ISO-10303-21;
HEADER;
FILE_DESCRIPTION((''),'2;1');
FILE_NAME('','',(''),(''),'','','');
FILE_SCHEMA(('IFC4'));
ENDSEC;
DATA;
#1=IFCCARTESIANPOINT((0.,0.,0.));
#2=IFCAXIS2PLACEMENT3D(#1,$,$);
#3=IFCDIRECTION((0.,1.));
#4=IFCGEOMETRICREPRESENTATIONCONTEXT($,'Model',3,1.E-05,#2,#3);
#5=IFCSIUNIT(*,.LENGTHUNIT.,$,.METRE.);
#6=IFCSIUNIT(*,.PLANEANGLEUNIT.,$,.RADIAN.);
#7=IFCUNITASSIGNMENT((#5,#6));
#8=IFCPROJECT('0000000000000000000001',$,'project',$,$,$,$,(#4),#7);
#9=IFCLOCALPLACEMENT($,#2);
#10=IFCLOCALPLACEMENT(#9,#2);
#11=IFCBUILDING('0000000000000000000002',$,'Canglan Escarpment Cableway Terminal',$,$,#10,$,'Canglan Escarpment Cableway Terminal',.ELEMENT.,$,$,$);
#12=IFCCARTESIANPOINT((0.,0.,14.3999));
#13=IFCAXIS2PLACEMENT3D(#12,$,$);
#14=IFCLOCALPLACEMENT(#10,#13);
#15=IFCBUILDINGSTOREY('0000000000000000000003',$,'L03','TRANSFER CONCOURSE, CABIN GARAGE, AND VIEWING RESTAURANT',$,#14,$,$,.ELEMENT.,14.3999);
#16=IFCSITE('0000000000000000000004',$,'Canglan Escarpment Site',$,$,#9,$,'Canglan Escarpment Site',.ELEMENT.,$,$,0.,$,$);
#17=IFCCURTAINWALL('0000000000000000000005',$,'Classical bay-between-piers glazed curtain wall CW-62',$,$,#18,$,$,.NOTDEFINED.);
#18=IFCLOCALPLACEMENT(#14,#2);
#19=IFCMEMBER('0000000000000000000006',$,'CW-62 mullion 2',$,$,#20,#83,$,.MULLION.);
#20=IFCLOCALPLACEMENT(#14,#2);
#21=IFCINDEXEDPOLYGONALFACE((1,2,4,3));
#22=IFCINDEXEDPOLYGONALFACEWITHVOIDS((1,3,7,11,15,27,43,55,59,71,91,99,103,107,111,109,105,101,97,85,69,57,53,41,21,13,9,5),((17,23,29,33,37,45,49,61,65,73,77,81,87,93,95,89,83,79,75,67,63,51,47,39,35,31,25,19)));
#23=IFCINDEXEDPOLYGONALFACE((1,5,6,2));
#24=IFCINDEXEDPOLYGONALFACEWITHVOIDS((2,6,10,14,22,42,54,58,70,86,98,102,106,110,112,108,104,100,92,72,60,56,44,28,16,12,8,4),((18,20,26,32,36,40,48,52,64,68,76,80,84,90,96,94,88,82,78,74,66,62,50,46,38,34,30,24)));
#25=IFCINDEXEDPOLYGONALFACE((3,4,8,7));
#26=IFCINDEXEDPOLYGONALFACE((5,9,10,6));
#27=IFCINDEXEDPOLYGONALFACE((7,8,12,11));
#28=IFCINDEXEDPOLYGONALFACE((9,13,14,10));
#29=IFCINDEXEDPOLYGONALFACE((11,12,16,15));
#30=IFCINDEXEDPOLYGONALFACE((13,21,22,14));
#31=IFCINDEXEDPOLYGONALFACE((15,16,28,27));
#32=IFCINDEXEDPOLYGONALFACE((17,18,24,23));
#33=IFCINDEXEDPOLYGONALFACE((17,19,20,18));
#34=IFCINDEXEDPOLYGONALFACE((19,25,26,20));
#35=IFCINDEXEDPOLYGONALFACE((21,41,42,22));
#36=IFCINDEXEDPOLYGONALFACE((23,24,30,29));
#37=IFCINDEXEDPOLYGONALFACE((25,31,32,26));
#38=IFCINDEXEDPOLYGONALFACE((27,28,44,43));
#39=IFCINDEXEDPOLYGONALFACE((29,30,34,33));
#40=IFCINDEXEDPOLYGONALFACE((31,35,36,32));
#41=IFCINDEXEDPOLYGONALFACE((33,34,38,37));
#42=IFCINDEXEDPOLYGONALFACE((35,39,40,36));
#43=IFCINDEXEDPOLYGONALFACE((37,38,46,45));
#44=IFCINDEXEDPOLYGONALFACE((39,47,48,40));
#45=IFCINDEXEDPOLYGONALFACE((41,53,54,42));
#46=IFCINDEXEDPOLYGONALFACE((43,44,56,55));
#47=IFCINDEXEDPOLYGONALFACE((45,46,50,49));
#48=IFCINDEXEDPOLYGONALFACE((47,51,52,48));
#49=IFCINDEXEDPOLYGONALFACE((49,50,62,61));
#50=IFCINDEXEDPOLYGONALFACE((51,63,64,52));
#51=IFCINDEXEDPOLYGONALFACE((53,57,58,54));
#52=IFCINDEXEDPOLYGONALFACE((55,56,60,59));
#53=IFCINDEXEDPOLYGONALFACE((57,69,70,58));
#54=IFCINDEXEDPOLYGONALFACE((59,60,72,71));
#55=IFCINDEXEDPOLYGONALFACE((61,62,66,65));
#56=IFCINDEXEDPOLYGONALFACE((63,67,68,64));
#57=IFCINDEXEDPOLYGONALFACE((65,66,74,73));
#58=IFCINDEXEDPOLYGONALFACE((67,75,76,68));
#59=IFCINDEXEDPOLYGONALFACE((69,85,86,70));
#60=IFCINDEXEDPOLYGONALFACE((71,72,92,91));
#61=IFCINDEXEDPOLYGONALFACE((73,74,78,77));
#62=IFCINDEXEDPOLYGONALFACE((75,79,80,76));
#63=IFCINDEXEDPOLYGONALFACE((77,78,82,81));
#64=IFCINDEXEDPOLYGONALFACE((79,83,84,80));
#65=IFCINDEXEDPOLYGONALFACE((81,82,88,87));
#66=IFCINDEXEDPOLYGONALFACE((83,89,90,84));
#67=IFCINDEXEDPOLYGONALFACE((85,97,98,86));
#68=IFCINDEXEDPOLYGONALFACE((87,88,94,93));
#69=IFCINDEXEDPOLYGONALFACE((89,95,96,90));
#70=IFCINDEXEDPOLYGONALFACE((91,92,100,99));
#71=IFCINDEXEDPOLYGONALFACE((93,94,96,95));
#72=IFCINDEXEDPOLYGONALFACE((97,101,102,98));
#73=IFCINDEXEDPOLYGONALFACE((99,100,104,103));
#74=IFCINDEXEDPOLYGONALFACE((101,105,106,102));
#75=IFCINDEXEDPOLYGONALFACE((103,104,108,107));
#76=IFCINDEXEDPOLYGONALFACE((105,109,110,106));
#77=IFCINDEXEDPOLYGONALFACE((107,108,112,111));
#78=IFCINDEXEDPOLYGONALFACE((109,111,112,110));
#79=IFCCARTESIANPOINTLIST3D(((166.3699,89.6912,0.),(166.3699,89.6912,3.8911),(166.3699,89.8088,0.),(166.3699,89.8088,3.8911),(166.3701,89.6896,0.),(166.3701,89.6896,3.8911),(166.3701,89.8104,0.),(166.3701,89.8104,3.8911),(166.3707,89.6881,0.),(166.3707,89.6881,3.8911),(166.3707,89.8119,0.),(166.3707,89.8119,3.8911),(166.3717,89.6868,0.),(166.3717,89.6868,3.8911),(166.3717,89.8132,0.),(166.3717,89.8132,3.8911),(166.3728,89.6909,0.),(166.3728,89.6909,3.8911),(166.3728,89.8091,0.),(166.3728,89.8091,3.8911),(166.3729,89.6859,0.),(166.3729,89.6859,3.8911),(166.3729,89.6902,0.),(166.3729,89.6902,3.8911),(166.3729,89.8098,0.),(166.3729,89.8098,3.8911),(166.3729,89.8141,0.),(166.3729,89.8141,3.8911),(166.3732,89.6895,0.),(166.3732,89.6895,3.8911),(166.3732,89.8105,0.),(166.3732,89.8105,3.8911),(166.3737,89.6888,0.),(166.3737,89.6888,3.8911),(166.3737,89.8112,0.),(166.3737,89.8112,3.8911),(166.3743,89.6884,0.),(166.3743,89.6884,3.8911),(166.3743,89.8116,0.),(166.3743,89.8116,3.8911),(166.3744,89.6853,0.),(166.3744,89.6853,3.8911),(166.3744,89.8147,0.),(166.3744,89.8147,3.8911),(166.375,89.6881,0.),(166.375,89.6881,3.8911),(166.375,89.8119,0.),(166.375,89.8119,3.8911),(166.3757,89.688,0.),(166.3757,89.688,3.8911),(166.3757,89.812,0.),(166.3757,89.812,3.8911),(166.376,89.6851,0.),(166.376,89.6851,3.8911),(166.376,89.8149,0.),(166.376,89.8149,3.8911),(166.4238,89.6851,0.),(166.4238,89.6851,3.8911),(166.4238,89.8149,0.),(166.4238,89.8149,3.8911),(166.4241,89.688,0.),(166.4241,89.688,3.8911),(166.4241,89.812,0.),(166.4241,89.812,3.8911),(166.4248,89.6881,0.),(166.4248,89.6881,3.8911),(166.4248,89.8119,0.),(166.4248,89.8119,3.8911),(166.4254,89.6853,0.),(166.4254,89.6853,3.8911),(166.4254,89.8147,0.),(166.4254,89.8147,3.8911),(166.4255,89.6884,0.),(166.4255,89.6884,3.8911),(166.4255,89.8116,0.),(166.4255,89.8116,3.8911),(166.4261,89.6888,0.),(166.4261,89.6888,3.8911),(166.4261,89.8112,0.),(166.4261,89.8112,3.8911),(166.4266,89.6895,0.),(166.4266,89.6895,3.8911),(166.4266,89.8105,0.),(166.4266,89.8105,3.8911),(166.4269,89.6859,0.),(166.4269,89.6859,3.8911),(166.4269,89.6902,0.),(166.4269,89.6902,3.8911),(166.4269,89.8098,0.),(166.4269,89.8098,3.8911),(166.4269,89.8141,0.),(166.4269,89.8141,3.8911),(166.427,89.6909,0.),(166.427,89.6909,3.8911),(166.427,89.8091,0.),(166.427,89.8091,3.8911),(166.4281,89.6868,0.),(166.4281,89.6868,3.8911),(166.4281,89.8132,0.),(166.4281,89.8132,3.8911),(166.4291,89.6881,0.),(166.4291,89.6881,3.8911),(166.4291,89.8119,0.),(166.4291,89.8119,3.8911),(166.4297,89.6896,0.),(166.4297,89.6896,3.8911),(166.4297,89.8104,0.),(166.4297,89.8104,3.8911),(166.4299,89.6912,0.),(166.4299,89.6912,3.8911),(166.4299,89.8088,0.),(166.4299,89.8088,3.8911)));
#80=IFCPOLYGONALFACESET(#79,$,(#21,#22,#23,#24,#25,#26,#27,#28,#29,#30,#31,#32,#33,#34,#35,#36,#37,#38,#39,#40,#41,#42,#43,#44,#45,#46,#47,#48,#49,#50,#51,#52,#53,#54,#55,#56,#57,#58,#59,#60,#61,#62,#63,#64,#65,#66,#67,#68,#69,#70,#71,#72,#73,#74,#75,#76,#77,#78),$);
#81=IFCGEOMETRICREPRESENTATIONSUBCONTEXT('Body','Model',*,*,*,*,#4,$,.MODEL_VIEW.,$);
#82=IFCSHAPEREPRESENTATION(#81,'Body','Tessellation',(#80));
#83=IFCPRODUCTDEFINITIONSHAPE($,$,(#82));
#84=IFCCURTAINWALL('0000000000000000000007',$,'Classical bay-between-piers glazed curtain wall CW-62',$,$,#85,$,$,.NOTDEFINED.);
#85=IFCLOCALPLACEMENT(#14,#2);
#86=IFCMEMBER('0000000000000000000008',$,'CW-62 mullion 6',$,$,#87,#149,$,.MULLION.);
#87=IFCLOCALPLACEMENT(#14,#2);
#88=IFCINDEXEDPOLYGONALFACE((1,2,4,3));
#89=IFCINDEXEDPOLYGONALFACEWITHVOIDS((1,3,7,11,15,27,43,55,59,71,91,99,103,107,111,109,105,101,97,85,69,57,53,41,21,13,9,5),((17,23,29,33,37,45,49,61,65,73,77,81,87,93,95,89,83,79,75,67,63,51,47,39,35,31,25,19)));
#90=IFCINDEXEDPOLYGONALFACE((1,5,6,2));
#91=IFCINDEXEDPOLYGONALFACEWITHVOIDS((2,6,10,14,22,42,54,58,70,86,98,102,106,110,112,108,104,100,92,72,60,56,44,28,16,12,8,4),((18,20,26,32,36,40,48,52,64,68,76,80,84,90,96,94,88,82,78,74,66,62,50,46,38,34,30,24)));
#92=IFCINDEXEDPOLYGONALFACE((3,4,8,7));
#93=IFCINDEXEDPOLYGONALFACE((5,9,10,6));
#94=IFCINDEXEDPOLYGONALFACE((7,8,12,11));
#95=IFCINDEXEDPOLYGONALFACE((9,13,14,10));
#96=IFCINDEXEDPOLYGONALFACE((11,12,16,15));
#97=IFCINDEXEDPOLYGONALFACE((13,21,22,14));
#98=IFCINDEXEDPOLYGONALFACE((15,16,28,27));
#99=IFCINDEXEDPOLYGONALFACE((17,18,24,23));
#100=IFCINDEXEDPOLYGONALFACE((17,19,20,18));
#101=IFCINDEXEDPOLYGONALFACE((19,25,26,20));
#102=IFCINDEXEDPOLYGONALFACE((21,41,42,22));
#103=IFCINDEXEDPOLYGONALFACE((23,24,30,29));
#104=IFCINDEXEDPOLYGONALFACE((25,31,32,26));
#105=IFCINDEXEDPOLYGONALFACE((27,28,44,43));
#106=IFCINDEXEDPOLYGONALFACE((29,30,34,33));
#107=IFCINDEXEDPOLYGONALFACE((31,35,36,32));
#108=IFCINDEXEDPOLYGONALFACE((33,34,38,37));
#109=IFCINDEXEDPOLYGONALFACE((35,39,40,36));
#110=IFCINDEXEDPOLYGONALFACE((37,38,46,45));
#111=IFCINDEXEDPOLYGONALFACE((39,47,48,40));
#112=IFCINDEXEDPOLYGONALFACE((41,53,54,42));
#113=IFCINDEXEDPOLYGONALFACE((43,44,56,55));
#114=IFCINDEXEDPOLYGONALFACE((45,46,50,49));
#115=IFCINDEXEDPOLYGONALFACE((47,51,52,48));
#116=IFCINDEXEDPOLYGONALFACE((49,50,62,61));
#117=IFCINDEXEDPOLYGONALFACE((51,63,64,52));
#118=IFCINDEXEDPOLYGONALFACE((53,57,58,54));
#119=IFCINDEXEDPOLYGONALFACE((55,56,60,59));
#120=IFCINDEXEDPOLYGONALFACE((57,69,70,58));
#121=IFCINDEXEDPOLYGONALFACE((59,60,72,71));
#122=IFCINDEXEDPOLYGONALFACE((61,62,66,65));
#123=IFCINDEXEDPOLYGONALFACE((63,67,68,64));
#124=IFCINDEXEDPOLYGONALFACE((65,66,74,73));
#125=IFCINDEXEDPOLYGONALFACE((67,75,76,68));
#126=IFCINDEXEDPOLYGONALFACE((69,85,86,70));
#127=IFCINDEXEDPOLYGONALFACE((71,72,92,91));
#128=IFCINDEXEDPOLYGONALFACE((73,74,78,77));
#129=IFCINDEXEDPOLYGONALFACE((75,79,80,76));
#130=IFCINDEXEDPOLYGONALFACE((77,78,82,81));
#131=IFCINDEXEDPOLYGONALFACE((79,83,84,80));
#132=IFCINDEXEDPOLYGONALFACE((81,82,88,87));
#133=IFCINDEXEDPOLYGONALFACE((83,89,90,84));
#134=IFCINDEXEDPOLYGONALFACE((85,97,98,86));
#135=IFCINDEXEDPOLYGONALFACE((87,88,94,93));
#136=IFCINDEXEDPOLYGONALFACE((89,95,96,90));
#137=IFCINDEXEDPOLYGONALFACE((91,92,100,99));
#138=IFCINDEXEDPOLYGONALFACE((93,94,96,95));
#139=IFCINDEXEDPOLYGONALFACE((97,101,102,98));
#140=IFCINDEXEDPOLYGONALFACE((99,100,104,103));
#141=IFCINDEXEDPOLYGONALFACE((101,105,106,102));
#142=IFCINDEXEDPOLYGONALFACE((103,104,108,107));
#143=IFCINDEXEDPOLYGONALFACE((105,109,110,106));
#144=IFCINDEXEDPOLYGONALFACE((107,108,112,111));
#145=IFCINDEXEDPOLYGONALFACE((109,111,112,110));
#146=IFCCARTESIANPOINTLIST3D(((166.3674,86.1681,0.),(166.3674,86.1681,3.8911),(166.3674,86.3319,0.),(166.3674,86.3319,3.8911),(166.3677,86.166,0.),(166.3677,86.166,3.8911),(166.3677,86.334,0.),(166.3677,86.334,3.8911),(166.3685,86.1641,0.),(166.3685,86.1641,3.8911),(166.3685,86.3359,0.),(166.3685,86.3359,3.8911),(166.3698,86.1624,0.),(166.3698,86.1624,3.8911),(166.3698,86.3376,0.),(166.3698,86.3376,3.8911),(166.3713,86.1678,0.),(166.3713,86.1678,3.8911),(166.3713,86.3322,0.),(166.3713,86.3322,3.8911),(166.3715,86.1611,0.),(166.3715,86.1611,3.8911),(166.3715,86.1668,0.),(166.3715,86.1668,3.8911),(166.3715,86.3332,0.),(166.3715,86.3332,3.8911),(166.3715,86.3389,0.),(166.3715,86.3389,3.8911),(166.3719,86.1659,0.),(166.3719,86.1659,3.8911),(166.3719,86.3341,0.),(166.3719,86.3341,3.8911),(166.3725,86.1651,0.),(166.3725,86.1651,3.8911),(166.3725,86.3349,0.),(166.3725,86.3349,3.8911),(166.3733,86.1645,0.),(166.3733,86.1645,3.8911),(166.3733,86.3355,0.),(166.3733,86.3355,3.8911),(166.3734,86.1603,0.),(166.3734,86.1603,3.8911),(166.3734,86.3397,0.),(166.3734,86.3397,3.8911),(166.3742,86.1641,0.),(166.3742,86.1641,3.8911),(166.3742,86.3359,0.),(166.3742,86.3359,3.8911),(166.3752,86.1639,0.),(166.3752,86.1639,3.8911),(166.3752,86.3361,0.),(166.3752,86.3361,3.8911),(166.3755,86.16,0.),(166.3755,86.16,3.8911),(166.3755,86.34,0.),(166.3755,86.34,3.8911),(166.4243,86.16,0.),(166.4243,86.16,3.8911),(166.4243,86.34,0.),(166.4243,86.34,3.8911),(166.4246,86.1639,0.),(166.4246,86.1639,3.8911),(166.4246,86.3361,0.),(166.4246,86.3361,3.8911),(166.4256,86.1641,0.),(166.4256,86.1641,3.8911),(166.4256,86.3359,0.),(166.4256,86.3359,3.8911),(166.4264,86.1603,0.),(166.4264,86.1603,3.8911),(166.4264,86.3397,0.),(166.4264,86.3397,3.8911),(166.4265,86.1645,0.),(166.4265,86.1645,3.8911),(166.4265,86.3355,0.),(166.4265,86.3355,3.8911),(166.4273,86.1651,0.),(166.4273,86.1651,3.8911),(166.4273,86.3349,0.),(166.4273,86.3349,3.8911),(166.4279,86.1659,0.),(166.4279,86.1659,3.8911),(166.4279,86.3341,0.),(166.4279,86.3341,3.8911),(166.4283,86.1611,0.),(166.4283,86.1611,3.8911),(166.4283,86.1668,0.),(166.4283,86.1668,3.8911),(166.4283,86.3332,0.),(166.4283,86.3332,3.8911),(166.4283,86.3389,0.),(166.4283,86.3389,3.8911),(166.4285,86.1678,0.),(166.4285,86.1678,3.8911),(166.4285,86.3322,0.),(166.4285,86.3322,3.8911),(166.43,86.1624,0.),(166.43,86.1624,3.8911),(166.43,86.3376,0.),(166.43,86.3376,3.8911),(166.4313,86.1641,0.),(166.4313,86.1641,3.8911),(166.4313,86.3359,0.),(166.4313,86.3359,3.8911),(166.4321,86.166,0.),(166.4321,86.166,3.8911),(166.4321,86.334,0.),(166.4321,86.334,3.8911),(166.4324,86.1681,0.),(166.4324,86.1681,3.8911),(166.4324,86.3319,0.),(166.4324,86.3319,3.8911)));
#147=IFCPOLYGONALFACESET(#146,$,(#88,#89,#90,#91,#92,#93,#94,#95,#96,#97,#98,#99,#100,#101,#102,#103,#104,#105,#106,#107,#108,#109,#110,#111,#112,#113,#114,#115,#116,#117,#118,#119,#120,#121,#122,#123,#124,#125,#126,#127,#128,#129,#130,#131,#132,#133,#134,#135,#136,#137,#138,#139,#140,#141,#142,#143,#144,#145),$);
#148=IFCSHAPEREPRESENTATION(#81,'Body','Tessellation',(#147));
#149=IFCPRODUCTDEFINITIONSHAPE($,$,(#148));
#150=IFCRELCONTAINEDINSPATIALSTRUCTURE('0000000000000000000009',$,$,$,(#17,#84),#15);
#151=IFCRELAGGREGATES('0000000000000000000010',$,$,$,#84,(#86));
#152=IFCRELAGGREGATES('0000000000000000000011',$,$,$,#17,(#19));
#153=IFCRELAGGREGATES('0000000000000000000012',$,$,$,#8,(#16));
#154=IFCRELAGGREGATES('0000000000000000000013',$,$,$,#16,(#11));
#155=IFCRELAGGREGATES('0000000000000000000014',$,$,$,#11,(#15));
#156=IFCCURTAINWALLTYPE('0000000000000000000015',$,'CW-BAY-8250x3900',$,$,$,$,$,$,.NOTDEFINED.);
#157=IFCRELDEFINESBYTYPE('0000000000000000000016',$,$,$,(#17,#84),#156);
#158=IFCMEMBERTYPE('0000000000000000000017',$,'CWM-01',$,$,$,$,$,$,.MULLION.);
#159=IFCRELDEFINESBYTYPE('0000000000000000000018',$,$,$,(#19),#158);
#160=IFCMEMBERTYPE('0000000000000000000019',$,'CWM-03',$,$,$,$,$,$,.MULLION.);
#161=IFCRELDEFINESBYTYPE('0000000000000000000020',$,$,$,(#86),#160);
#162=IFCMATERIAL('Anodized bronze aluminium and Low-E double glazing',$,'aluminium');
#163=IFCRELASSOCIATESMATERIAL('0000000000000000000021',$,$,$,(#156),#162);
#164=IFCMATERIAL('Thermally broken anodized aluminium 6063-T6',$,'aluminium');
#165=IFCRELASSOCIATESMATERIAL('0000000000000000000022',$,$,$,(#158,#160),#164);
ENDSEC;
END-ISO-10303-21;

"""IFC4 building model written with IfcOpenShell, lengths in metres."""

from ifc_helpers import new_model, si_unit, direction, frame, origin, origin_2d, place, context, subcontext, project, spatial, hollow_rectangle, extrude, material, material_profile, profile_set, type_object, element, aggregate, save


model = new_model("IFC4")

# Units and contexts
model_context = context("Model", 3, precision=1e-05, world=origin(), true_north=direction((0.0, 1.0)))
body_context = subcontext(model_context, "Body", "Model", "MODEL_VIEW")
ifc_project = project(units=[si_unit("LENGTHUNIT", "METRE"), si_unit("PLANEANGLEUNIT", "RADIAN")], contexts=[model_context])

# Site, building, storey
site_placement = place(None, origin())
site = spatial("IfcSite", under=ifc_project, at=site_placement, Name="Canglan Escarpment Site", LongName="Canglan Escarpment Site", CompositionType="ELEMENT", RefElevation=0.0)
building_placement = place(site_placement, origin())
building = spatial("IfcBuilding", under=site, at=building_placement, Name="Canglan Escarpment Cableway Terminal", LongName="Canglan Escarpment Cableway Terminal", CompositionType="ELEMENT")
storey_placement = place(building_placement, frame((0.0, 0.0, 14.3999)))
storey = spatial("IfcBuildingStorey", under=building, at=storey_placement, Name="L03", Description="TRANSFER CONCOURSE, CABIN GARAGE, AND VIEWING RESTAURANT", CompositionType="ELEMENT", Elevation=14.3999)

# Curtain walls, members
ifc_material_1 = material(Name="Anodized bronze aluminium and Low-E double glazing", Category="aluminium")
curtain_wall_type = type_object("IfcCurtainWallType", Name="CW-BAY-8250x3900", PredefinedType="NOTDEFINED", material=ifc_material_1)
curtain_wall_1_placement = place(storey_placement, origin())
curtain_wall_1 = element("IfcCurtainWall", 1, at=curtain_wall_1_placement, inside=storey, type_object=curtain_wall_type, Name="Classical bay-between-piers glazed curtain wall CW-62", PredefinedType="NOTDEFINED")
ifc_material_2 = material(Name="Thermally broken anodized aluminium 6063-T6", Category="aluminium")
ifc_material_profile_1 = material_profile(ifc_material_2, hollow_rectangle(XDim=0.0601, YDim=0.1299, WallThickness=0.0029, InnerFilletRadius=0.0029, OuterFilletRadius=0.0061, at=origin_2d()), Name="ALU-MULL 60x130x3")
ifc_profile_set_1 = profile_set([ifc_material_profile_1], Name="Thermally broken anodized aluminium 6063-T6")
member_type_1 = type_object("IfcMemberType", Name="CWM-01", PredefinedType="MULLION", material=ifc_profile_set_1)
member_1_placement = place(storey_placement, frame((166.3999, 89.75, 0.0), z_axis=(0.0, 0.0, 1.0), x_axis=(-1.0, 0.0, 0.0)))
member_1 = element("IfcMember", 2, at=member_1_placement, type_object=member_type_1, Name="CW-62 mullion 2", PredefinedType="MULLION", context=body_context, shape_type="SweptSolid", body=[
    extrude(hollow_rectangle(XDim=0.0601, YDim=0.1299, WallThickness=0.0029, InnerFilletRadius=0.0029, OuterFilletRadius=0.0061, at=origin_2d()), origin(), (0.0, 0.0, 1.0), 3.8911),
])
curtain_wall_2_placement = place(storey_placement, origin())
curtain_wall_2 = element("IfcCurtainWall", 3, at=curtain_wall_2_placement, inside=storey, type_object=curtain_wall_type, Name="Classical bay-between-piers glazed curtain wall CW-62", PredefinedType="NOTDEFINED")
ifc_material_profile_2 = material_profile(ifc_material_2, hollow_rectangle(XDim=0.0649, YDim=0.1799, WallThickness=0.0039, InnerFilletRadius=0.0039, OuterFilletRadius=0.0081, at=origin_2d()), Name="ALU-MULL 65x180x4")
ifc_profile_set_2 = profile_set([ifc_material_profile_2], Name="Thermally broken anodized aluminium 6063-T6")
member_type_2 = type_object("IfcMemberType", Name="CWM-03", PredefinedType="MULLION", material=ifc_profile_set_2)
member_2_placement = place(storey_placement, frame((166.3999, 86.25, 0.0), z_axis=(0.0, 0.0, 1.0), x_axis=(-1.0, 0.0, 0.0)))
member_2 = element("IfcMember", 4, at=member_2_placement, type_object=member_type_2, Name="CW-62 mullion 6", PredefinedType="MULLION", context=body_context, shape_type="SweptSolid", body=[
    extrude(hollow_rectangle(XDim=0.0649, YDim=0.1799, WallThickness=0.0039, InnerFilletRadius=0.0039, OuterFilletRadius=0.0081, at=origin_2d()), origin(), (0.0, 0.0, 1.0), 3.8911),
])

aggregate(curtain_wall_2, [member_2])
aggregate(curtain_wall_1, [member_1])

save(model, "model.ifc")
